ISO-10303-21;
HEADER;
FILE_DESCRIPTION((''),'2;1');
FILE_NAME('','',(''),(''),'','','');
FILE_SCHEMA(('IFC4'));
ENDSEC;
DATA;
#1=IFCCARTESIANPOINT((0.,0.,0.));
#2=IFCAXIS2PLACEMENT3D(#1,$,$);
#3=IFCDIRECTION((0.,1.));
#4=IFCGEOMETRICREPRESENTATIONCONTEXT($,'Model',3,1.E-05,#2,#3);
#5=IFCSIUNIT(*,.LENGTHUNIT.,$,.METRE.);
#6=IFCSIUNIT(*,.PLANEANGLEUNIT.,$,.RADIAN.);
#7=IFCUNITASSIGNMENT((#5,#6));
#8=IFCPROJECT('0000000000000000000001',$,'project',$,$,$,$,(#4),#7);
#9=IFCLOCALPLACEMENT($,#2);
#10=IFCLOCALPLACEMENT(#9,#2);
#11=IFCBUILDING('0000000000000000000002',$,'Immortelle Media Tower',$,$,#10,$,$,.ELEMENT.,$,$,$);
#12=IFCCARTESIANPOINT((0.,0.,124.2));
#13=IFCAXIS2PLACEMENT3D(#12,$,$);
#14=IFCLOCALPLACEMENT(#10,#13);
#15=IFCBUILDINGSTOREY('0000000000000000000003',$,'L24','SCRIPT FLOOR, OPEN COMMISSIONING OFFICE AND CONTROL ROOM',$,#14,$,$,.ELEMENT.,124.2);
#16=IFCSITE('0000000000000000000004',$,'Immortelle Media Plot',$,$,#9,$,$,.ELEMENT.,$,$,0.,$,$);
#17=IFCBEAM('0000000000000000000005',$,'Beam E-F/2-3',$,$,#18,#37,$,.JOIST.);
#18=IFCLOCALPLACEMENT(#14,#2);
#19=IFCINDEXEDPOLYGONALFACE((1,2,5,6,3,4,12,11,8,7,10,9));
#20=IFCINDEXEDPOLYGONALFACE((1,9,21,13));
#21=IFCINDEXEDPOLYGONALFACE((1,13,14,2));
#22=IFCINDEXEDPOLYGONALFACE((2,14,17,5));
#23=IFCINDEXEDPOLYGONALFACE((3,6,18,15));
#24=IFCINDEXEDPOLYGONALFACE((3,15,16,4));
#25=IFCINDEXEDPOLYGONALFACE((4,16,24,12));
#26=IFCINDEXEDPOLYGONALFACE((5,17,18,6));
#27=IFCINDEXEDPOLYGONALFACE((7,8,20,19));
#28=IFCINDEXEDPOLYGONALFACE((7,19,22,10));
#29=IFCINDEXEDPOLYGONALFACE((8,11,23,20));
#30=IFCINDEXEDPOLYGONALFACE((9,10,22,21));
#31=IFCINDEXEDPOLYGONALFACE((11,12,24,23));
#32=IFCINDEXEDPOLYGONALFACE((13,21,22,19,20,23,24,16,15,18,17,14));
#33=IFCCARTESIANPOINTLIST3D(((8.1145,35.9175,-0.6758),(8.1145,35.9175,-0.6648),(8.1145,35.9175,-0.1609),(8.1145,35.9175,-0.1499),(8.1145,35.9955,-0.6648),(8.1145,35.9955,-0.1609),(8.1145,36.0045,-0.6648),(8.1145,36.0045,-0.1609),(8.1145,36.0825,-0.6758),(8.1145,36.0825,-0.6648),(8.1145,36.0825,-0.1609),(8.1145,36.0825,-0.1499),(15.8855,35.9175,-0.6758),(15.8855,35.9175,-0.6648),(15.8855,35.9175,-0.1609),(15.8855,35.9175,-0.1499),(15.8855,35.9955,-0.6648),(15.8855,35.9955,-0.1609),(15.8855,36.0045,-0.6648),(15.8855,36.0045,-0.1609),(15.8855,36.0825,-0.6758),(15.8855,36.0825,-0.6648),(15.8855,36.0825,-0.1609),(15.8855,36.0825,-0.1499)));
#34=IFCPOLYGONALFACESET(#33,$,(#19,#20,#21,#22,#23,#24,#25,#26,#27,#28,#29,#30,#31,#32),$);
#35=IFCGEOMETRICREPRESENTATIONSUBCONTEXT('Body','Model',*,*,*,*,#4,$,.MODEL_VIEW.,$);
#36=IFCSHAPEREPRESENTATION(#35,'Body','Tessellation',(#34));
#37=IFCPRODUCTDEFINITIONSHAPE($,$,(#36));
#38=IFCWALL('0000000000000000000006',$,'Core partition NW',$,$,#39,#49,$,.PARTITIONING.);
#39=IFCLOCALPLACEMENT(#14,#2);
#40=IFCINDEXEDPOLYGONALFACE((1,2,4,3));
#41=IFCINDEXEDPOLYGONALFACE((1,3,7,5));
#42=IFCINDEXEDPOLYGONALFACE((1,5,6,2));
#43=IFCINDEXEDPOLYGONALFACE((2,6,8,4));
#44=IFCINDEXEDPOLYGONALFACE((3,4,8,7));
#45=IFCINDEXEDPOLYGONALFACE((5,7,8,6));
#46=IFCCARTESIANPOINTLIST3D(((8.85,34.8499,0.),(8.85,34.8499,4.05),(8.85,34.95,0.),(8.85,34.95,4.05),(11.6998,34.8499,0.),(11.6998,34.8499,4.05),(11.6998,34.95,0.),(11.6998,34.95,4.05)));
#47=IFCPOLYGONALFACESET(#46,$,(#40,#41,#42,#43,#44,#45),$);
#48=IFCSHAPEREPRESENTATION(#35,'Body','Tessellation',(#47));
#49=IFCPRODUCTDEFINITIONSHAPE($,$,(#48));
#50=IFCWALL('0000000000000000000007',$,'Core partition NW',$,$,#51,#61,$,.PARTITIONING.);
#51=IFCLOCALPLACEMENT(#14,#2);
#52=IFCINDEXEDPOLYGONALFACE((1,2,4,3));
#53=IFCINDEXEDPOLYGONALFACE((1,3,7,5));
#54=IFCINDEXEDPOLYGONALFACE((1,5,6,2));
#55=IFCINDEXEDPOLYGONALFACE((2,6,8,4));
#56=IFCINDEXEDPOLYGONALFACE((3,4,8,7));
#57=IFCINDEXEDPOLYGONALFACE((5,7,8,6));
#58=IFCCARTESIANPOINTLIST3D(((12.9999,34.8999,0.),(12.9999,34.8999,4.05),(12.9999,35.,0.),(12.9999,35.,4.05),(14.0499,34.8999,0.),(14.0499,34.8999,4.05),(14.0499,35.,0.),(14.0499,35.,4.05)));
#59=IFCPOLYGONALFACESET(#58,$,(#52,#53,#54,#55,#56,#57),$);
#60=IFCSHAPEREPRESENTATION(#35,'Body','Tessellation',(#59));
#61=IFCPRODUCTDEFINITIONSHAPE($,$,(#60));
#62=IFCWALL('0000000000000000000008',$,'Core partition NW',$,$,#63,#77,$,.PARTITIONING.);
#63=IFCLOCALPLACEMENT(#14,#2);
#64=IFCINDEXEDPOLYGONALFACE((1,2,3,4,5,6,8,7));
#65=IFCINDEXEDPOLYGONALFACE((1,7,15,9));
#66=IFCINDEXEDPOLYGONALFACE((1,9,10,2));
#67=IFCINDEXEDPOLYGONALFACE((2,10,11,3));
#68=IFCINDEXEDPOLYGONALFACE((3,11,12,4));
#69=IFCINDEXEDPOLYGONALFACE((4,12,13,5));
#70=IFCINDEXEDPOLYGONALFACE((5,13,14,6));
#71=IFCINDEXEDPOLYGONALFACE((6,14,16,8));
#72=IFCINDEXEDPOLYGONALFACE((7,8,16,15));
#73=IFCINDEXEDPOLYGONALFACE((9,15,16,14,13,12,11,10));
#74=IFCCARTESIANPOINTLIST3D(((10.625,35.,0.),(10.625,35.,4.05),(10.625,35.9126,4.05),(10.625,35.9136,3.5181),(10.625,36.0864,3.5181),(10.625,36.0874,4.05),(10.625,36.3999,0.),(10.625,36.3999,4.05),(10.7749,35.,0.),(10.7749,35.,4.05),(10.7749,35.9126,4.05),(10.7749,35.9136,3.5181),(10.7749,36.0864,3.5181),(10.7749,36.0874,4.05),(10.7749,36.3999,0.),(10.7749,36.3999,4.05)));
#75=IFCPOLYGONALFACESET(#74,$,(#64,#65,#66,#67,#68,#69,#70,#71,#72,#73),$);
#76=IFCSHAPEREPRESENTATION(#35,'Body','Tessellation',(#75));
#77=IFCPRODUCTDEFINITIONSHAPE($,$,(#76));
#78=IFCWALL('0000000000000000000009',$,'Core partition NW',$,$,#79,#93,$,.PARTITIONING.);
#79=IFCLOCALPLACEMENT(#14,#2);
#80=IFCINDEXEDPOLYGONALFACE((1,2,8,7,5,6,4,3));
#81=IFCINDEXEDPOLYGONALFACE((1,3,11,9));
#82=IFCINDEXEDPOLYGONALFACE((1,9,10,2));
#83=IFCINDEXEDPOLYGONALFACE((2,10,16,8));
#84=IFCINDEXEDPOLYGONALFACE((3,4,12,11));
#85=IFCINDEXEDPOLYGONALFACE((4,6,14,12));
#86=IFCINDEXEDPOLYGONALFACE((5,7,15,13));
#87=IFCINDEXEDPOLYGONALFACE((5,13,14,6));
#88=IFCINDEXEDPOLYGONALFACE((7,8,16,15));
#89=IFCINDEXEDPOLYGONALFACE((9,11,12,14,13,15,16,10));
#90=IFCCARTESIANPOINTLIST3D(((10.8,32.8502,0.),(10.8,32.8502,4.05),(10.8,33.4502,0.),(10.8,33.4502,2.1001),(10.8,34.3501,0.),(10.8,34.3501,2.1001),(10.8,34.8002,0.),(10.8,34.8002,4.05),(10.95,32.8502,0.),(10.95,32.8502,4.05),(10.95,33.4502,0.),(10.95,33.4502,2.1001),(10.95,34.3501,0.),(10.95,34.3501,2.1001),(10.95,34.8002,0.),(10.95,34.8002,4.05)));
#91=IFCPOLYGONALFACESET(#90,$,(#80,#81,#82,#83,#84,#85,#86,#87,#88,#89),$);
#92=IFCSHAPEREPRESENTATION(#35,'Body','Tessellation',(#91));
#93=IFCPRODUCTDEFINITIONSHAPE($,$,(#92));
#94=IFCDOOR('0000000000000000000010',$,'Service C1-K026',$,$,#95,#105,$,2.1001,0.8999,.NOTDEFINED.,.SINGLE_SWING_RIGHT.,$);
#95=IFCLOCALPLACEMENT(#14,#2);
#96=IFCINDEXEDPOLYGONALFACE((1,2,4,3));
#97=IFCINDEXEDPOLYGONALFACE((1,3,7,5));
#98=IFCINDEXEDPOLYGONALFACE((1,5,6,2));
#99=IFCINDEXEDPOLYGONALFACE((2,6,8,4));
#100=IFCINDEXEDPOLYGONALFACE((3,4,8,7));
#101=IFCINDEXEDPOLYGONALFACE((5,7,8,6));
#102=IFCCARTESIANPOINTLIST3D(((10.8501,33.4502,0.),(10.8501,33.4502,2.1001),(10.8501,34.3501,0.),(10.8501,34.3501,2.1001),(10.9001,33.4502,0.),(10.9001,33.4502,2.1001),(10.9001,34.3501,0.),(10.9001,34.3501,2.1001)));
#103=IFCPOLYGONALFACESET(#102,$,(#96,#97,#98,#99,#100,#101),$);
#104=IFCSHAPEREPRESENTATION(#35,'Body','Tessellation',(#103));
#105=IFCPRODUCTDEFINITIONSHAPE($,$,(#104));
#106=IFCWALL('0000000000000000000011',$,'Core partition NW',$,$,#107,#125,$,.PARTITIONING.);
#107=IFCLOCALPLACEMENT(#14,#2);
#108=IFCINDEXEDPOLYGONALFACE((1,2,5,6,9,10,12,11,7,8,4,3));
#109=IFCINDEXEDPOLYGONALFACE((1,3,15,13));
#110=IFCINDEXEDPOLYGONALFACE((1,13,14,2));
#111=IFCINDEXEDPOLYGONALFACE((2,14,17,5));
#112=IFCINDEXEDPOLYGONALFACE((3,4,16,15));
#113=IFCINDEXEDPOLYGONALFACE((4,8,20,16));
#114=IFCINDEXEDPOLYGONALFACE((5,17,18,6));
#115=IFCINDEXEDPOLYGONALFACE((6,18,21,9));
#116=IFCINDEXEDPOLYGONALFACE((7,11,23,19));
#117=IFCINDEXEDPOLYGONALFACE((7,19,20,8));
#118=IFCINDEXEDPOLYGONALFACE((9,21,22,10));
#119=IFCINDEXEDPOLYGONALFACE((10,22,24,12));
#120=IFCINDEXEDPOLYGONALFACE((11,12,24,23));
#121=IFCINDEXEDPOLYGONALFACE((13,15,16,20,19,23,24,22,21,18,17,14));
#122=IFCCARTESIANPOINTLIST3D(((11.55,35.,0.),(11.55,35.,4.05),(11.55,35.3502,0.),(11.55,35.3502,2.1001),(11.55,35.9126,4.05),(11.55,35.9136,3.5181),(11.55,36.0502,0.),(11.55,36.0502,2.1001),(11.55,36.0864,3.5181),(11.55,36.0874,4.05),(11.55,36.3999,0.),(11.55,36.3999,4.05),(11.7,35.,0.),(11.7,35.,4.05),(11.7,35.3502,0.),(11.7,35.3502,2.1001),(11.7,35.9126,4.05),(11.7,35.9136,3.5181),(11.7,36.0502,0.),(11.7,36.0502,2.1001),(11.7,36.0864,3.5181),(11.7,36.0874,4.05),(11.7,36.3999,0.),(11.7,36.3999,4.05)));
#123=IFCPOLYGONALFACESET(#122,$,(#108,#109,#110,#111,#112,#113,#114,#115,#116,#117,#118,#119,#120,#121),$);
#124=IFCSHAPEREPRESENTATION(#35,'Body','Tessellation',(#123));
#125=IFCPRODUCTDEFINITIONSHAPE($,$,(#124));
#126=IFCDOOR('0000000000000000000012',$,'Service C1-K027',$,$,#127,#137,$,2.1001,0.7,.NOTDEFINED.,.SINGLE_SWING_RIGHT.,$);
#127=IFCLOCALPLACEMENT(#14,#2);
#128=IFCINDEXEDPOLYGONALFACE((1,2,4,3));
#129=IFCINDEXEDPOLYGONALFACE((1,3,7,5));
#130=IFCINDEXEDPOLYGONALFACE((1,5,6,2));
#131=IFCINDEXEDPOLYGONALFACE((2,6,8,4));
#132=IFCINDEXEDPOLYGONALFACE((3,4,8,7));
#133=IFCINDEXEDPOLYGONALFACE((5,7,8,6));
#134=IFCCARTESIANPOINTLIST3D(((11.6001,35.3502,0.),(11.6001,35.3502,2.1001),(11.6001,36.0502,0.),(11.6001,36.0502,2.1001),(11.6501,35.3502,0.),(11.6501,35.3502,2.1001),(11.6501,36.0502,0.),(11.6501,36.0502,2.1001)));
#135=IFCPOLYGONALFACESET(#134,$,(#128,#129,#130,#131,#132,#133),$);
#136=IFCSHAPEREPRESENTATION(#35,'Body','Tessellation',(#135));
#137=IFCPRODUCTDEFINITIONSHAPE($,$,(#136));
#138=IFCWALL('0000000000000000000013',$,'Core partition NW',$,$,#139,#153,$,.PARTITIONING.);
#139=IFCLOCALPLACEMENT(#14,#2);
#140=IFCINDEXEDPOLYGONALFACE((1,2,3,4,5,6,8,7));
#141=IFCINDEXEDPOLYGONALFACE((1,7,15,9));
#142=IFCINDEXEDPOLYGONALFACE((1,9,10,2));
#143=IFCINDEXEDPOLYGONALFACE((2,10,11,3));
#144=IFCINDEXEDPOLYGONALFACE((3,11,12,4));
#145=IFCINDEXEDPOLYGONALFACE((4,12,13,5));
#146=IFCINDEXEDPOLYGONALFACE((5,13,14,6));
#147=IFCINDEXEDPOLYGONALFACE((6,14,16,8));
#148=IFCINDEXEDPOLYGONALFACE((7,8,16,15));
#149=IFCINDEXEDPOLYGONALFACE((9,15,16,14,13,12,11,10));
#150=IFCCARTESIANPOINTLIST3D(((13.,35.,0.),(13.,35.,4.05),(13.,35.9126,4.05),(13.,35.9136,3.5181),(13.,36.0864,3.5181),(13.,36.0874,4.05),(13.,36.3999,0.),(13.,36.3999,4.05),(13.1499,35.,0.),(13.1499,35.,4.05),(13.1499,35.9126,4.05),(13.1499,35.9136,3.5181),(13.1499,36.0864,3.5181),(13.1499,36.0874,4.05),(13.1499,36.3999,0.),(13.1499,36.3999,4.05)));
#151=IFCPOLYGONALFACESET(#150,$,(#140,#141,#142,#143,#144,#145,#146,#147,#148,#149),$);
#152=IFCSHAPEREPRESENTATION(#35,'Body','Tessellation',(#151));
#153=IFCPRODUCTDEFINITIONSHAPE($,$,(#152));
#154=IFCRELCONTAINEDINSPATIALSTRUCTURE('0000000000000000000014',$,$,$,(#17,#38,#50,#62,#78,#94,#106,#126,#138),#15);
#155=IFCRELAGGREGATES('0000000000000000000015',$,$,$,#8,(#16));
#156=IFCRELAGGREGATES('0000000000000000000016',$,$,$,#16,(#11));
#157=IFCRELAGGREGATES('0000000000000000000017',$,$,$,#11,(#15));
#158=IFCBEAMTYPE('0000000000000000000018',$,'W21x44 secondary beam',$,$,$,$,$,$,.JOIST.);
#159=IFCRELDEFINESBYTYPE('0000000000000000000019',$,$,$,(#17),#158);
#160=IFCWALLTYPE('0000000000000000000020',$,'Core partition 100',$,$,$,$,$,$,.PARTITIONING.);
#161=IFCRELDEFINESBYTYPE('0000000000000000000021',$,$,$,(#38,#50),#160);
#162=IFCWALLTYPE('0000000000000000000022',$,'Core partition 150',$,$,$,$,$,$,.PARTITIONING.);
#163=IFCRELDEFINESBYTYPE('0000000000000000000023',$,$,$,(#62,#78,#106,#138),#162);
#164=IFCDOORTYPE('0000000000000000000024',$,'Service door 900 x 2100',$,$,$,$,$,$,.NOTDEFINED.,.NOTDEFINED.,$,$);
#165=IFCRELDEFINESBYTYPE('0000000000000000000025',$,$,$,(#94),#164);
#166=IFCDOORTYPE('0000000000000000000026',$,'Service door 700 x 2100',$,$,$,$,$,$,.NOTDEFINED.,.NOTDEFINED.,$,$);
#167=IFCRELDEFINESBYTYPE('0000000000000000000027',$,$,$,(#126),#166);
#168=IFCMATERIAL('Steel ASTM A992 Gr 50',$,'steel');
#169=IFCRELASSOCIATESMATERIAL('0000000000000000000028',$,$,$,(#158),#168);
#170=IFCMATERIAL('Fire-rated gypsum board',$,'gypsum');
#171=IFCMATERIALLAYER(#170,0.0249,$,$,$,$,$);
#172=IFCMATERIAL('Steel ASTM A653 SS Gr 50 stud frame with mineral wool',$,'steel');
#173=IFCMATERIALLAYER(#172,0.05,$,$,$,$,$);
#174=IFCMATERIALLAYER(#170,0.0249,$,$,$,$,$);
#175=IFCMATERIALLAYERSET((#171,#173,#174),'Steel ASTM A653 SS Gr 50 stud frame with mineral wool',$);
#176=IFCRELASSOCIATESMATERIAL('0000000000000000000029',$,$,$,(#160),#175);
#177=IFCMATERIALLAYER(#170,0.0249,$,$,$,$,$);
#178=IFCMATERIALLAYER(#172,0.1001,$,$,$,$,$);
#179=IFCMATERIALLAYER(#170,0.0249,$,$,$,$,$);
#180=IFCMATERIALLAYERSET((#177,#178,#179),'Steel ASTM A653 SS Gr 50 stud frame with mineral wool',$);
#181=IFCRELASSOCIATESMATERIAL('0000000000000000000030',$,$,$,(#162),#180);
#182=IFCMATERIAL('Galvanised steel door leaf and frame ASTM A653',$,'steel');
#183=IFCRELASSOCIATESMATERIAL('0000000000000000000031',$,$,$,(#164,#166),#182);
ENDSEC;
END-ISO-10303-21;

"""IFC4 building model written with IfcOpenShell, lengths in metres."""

from ifc_helpers import new_model, si_unit, direction, frame, frame_2d, origin, origin_2d, place, context, subcontext, project, spatial, polyline, rectangle, i_section, outline, extrude, material, layer, layer_set, material_profile, profile_set, type_object, element, fill, save


model = new_model("IFC4")

# Units and contexts
model_context = context("Model", 3, precision=1e-05, world=origin(), true_north=direction((0.0, 1.0)))
body_context = subcontext(model_context, "Body", "Model", "MODEL_VIEW")
ifc_project = project(units=[si_unit("LENGTHUNIT", "METRE"), si_unit("PLANEANGLEUNIT", "RADIAN")], contexts=[model_context])

# Site, building, storey
site_placement = place(None, origin())
site = spatial("IfcSite", under=ifc_project, at=site_placement, Name="Immortelle Media Plot", CompositionType="ELEMENT", RefElevation=0.0)
building_placement = place(site_placement, origin())
building = spatial("IfcBuilding", under=site, at=building_placement, Name="Immortelle Media Tower", CompositionType="ELEMENT")
storey_placement = place(building_placement, frame((0.0, 0.0, 124.2)))
storey = spatial("IfcBuildingStorey", under=building, at=storey_placement, Name="L24", Description="SCRIPT FLOOR, OPEN COMMISSIONING OFFICE AND CONTROL ROOM", CompositionType="ELEMENT", Elevation=124.2)

# Beam
ifc_material_1 = material(Name="Steel ASTM A992 Gr 50", Category="steel")
ifc_material_profile = material_profile(ifc_material_1, i_section(OverallWidth=0.165, OverallDepth=0.5259, WebThickness=0.009, FlangeThickness=0.011, at=origin_2d()), Name="W21x44")
ifc_profile_set = profile_set([ifc_material_profile], Name="Steel ASTM A992 Gr 50")
beam_type = type_object("IfcBeamType", Name="W21x44 secondary beam", PredefinedType="JOIST", material=ifc_profile_set)
beam_placement = place(storey_placement, frame((8.1145, 36.0, -0.4128), z_axis=(1.0, 0.0, 0.0), x_axis=(0.0, 1.0, 0.0)))
element("IfcBeam", 1, at=beam_placement, inside=storey, type_object=beam_type, Name="Beam E-F/2-3", PredefinedType="JOIST", context=body_context, shape_type="SweptSolid", body=[
    extrude(i_section(OverallWidth=0.165, OverallDepth=0.5259, WebThickness=0.009, FlangeThickness=0.011, at=origin_2d()), origin(), (0.0, 0.0, 1.0), 7.771),
])

# Walls
ifc_material_2 = material(Name="Fire-rated gypsum board", Category="gypsum")
ifc_layer_1 = layer(ifc_material_2, 0.0249)
ifc_material_3 = material(Name="Steel ASTM A653 SS Gr 50 stud frame with mineral wool", Category="steel")
ifc_layer_2 = layer(ifc_material_3, 0.05)
ifc_layer_3 = layer(ifc_material_2, 0.0249)
ifc_layer_set_1 = layer_set([ifc_layer_1, ifc_layer_2, ifc_layer_3], Name="Steel ASTM A653 SS Gr 50 stud frame with mineral wool")
wall_type_1 = type_object("IfcWallType", Name="Core partition 100", PredefinedType="PARTITIONING", material=ifc_layer_set_1)
wall_1_placement = place(storey_placement, frame((8.8501, 34.8999, 0.0), z_axis=(0.0, 0.0, 1.0), x_axis=(1.0, 0.0, 0.0)))
element("IfcWall", 2, at=wall_1_placement, inside=storey, type_object=wall_type_1, Name="Core partition NW", PredefinedType="PARTITIONING", context=body_context, shape_type="SweptSolid", body=[
    extrude(rectangle(XDim=2.8499, YDim=0.1001, at=frame_2d((1.4248, 0.0))), origin(), (0.0, 0.0, 1.0), 4.05),
])
wall_2_placement = place(storey_placement, frame((13.0, 34.95, 0.0), z_axis=(0.0, 0.0, 1.0), x_axis=(1.0, 0.0, 0.0)))
element("IfcWall", 3, at=wall_2_placement, inside=storey, type_object=wall_type_1, Name="Core partition NW", PredefinedType="PARTITIONING", context=body_context, shape_type="SweptSolid", body=[
    extrude(rectangle(XDim=1.05, YDim=0.1001, at=frame_2d((0.5249, 0.0))), origin(), (0.0, 0.0, 1.0), 4.05),
])
ifc_layer_4 = layer(ifc_material_2, 0.0249)
ifc_layer_5 = layer(ifc_material_3, 0.1001)
ifc_layer_6 = layer(ifc_material_2, 0.0249)
ifc_layer_set_2 = layer_set([ifc_layer_4, ifc_layer_5, ifc_layer_6], Name="Steel ASTM A653 SS Gr 50 stud frame with mineral wool")
wall_type_2 = type_object("IfcWallType", Name="Core partition 150", PredefinedType="PARTITIONING", material=ifc_layer_set_2)
wall_3_placement = place(storey_placement, frame((10.7, 35.0, 0.0), z_axis=(0.0, 0.0, 1.0), x_axis=(0.0, 1.0, 0.0)))
element("IfcWall", 4, at=wall_3_placement, inside=storey, type_object=wall_type_2, Name="Core partition NW", PredefinedType="PARTITIONING", context=body_context, shape_type="SweptSolid", body=[
    extrude(outline(polyline([(0.0, 0.0), (1.3999, 0.0), (1.3999, 4.05), (1.0874, 4.05), (1.0864, 3.5181), (0.9136, 3.5181), (0.9126, 4.05), (0.0, 4.05), (0.0, 0.0)])), frame((0.0, 0.075, 0.0), z_axis=(0.0, -1.0, 0.0), x_axis=(1.0, 0.0, 0.0)), (0.0, 0.0, 1.0), 0.1499),
])

# Walls, openings, doors
wall_4_placement = place(storey_placement, frame((10.875, 32.8501, 0.0), z_axis=(0.0, 0.0, 1.0), x_axis=(0.0, 1.0, 0.0)))
wall_4 = element("IfcWall", 5, at=wall_4_placement, inside=storey, type_object=wall_type_2, Name="Core partition NW", PredefinedType="PARTITIONING", context=body_context, shape_type="SweptSolid", body=[
    extrude(rectangle(XDim=1.95, YDim=0.1499, at=frame_2d((0.9751, 0.0))), origin(), (0.0, 0.0, 1.0), 4.05),
])
opening_1_placement = place(wall_4_placement, frame((0.6001, 0.0, 0.0)))
opening_1 = element("IfcOpeningElement", 6, at=opening_1_placement, cuts=wall_4, PredefinedType="OPENING", context=body_context, shape_type="SweptSolid", body=[
    extrude(rectangle(XDim=0.8999, YDim=2.1001, at=frame_2d((0.45, 1.05))), frame((0.0, 0.085, 0.0), z_axis=(0.0, -1.0, 0.0), x_axis=(1.0, 0.0, 0.0)), (0.0, 0.0, 1.0), 0.1699),
])
ifc_material_4 = material(Name="Galvanised steel door leaf and frame ASTM A653", Category="steel")
door_type_1 = type_object("IfcDoorType", Name="Service door 900 x 2100", OperationType="NOTDEFINED", PredefinedType="NOTDEFINED", material=ifc_material_4)
door_1_placement = place(opening_1_placement, origin())
door_1 = element("IfcDoor", 7, at=door_1_placement, inside=storey, type_object=door_type_1, Name="Service C1-K026", OperationType="SINGLE_SWING_RIGHT", OverallHeight=2.1001, OverallWidth=0.8999, PredefinedType="NOTDEFINED", context=body_context, shape_type="SweptSolid", body=[
    extrude(rectangle(XDim=0.8999, YDim=2.1001, at=frame_2d((0.45, 1.05))), frame((0.0, 0.0249, 0.0), z_axis=(0.0, -1.0, 0.0), x_axis=(1.0, 0.0, 0.0)), (0.0, 0.0, 1.0), 0.05),
])
fill(opening_1, door_1)
wall_5_placement = place(storey_placement, frame((11.625, 35.0, 0.0), z_axis=(0.0, 0.0, 1.0), x_axis=(0.0, 1.0, 0.0)))
wall_5 = element("IfcWall", 8, at=wall_5_placement, inside=storey, type_object=wall_type_2, Name="Core partition NW", PredefinedType="PARTITIONING", context=body_context, shape_type="SweptSolid", body=[
    extrude(outline(polyline([(0.0, 0.0), (1.3999, 0.0), (1.3999, 4.05), (1.0874, 4.05), (1.0864, 3.5181), (0.9136, 3.5181), (0.9126, 4.05), (0.0, 4.05), (0.0, 0.0)])), frame((0.0, 0.075, 0.0), z_axis=(0.0, -1.0, 0.0), x_axis=(1.0, 0.0, 0.0)), (0.0, 0.0, 1.0), 0.1499),
])
opening_2_placement = place(wall_5_placement, frame((0.3501, 0.0, 0.0)))
opening_2 = element("IfcOpeningElement", 9, at=opening_2_placement, cuts=wall_5, PredefinedType="OPENING", context=body_context, shape_type="SweptSolid", body=[
    extrude(rectangle(XDim=0.7, YDim=2.1001, at=frame_2d((0.3501, 1.05))), frame((0.0, 0.085, 0.0), z_axis=(0.0, -1.0, 0.0), x_axis=(1.0, 0.0, 0.0)), (0.0, 0.0, 1.0), 0.1699),
])
door_type_2 = type_object("IfcDoorType", Name="Service door 700 x 2100", OperationType="NOTDEFINED", PredefinedType="NOTDEFINED", material=ifc_material_4)
door_2_placement = place(opening_2_placement, origin())
door_2 = element("IfcDoor", 10, at=door_2_placement, inside=storey, type_object=door_type_2, Name="Service C1-K027", OperationType="SINGLE_SWING_RIGHT", OverallHeight=2.1001, OverallWidth=0.7, PredefinedType="NOTDEFINED", context=body_context, shape_type="SweptSolid", body=[
    extrude(rectangle(XDim=0.7, YDim=2.1001, at=frame_2d((0.3501, 1.05))), frame((0.0, 0.0249, 0.0), z_axis=(0.0, -1.0, 0.0), x_axis=(1.0, 0.0, 0.0)), (0.0, 0.0, 1.0), 0.05),
])
fill(opening_2, door_2)

# Wall
wall_6_placement = place(storey_placement, frame((13.075, 35.0, 0.0), z_axis=(0.0, 0.0, 1.0), x_axis=(0.0, 1.0, 0.0)))
element("IfcWall", 11, at=wall_6_placement, inside=storey, type_object=wall_type_2, Name="Core partition NW", PredefinedType="PARTITIONING", context=body_context, shape_type="SweptSolid", body=[
    extrude(outline(polyline([(0.0, 0.0), (1.3999, 0.0), (1.3999, 4.05), (1.0874, 4.05), (1.0864, 3.5181), (0.9136, 3.5181), (0.9126, 4.05), (0.0, 4.05), (0.0, 0.0)])), frame((0.0, 0.075, 0.0), z_axis=(0.0, -1.0, 0.0), x_axis=(1.0, 0.0, 0.0)), (0.0, 0.0, 1.0), 0.1499),
])

save(model, "model.ifc")
